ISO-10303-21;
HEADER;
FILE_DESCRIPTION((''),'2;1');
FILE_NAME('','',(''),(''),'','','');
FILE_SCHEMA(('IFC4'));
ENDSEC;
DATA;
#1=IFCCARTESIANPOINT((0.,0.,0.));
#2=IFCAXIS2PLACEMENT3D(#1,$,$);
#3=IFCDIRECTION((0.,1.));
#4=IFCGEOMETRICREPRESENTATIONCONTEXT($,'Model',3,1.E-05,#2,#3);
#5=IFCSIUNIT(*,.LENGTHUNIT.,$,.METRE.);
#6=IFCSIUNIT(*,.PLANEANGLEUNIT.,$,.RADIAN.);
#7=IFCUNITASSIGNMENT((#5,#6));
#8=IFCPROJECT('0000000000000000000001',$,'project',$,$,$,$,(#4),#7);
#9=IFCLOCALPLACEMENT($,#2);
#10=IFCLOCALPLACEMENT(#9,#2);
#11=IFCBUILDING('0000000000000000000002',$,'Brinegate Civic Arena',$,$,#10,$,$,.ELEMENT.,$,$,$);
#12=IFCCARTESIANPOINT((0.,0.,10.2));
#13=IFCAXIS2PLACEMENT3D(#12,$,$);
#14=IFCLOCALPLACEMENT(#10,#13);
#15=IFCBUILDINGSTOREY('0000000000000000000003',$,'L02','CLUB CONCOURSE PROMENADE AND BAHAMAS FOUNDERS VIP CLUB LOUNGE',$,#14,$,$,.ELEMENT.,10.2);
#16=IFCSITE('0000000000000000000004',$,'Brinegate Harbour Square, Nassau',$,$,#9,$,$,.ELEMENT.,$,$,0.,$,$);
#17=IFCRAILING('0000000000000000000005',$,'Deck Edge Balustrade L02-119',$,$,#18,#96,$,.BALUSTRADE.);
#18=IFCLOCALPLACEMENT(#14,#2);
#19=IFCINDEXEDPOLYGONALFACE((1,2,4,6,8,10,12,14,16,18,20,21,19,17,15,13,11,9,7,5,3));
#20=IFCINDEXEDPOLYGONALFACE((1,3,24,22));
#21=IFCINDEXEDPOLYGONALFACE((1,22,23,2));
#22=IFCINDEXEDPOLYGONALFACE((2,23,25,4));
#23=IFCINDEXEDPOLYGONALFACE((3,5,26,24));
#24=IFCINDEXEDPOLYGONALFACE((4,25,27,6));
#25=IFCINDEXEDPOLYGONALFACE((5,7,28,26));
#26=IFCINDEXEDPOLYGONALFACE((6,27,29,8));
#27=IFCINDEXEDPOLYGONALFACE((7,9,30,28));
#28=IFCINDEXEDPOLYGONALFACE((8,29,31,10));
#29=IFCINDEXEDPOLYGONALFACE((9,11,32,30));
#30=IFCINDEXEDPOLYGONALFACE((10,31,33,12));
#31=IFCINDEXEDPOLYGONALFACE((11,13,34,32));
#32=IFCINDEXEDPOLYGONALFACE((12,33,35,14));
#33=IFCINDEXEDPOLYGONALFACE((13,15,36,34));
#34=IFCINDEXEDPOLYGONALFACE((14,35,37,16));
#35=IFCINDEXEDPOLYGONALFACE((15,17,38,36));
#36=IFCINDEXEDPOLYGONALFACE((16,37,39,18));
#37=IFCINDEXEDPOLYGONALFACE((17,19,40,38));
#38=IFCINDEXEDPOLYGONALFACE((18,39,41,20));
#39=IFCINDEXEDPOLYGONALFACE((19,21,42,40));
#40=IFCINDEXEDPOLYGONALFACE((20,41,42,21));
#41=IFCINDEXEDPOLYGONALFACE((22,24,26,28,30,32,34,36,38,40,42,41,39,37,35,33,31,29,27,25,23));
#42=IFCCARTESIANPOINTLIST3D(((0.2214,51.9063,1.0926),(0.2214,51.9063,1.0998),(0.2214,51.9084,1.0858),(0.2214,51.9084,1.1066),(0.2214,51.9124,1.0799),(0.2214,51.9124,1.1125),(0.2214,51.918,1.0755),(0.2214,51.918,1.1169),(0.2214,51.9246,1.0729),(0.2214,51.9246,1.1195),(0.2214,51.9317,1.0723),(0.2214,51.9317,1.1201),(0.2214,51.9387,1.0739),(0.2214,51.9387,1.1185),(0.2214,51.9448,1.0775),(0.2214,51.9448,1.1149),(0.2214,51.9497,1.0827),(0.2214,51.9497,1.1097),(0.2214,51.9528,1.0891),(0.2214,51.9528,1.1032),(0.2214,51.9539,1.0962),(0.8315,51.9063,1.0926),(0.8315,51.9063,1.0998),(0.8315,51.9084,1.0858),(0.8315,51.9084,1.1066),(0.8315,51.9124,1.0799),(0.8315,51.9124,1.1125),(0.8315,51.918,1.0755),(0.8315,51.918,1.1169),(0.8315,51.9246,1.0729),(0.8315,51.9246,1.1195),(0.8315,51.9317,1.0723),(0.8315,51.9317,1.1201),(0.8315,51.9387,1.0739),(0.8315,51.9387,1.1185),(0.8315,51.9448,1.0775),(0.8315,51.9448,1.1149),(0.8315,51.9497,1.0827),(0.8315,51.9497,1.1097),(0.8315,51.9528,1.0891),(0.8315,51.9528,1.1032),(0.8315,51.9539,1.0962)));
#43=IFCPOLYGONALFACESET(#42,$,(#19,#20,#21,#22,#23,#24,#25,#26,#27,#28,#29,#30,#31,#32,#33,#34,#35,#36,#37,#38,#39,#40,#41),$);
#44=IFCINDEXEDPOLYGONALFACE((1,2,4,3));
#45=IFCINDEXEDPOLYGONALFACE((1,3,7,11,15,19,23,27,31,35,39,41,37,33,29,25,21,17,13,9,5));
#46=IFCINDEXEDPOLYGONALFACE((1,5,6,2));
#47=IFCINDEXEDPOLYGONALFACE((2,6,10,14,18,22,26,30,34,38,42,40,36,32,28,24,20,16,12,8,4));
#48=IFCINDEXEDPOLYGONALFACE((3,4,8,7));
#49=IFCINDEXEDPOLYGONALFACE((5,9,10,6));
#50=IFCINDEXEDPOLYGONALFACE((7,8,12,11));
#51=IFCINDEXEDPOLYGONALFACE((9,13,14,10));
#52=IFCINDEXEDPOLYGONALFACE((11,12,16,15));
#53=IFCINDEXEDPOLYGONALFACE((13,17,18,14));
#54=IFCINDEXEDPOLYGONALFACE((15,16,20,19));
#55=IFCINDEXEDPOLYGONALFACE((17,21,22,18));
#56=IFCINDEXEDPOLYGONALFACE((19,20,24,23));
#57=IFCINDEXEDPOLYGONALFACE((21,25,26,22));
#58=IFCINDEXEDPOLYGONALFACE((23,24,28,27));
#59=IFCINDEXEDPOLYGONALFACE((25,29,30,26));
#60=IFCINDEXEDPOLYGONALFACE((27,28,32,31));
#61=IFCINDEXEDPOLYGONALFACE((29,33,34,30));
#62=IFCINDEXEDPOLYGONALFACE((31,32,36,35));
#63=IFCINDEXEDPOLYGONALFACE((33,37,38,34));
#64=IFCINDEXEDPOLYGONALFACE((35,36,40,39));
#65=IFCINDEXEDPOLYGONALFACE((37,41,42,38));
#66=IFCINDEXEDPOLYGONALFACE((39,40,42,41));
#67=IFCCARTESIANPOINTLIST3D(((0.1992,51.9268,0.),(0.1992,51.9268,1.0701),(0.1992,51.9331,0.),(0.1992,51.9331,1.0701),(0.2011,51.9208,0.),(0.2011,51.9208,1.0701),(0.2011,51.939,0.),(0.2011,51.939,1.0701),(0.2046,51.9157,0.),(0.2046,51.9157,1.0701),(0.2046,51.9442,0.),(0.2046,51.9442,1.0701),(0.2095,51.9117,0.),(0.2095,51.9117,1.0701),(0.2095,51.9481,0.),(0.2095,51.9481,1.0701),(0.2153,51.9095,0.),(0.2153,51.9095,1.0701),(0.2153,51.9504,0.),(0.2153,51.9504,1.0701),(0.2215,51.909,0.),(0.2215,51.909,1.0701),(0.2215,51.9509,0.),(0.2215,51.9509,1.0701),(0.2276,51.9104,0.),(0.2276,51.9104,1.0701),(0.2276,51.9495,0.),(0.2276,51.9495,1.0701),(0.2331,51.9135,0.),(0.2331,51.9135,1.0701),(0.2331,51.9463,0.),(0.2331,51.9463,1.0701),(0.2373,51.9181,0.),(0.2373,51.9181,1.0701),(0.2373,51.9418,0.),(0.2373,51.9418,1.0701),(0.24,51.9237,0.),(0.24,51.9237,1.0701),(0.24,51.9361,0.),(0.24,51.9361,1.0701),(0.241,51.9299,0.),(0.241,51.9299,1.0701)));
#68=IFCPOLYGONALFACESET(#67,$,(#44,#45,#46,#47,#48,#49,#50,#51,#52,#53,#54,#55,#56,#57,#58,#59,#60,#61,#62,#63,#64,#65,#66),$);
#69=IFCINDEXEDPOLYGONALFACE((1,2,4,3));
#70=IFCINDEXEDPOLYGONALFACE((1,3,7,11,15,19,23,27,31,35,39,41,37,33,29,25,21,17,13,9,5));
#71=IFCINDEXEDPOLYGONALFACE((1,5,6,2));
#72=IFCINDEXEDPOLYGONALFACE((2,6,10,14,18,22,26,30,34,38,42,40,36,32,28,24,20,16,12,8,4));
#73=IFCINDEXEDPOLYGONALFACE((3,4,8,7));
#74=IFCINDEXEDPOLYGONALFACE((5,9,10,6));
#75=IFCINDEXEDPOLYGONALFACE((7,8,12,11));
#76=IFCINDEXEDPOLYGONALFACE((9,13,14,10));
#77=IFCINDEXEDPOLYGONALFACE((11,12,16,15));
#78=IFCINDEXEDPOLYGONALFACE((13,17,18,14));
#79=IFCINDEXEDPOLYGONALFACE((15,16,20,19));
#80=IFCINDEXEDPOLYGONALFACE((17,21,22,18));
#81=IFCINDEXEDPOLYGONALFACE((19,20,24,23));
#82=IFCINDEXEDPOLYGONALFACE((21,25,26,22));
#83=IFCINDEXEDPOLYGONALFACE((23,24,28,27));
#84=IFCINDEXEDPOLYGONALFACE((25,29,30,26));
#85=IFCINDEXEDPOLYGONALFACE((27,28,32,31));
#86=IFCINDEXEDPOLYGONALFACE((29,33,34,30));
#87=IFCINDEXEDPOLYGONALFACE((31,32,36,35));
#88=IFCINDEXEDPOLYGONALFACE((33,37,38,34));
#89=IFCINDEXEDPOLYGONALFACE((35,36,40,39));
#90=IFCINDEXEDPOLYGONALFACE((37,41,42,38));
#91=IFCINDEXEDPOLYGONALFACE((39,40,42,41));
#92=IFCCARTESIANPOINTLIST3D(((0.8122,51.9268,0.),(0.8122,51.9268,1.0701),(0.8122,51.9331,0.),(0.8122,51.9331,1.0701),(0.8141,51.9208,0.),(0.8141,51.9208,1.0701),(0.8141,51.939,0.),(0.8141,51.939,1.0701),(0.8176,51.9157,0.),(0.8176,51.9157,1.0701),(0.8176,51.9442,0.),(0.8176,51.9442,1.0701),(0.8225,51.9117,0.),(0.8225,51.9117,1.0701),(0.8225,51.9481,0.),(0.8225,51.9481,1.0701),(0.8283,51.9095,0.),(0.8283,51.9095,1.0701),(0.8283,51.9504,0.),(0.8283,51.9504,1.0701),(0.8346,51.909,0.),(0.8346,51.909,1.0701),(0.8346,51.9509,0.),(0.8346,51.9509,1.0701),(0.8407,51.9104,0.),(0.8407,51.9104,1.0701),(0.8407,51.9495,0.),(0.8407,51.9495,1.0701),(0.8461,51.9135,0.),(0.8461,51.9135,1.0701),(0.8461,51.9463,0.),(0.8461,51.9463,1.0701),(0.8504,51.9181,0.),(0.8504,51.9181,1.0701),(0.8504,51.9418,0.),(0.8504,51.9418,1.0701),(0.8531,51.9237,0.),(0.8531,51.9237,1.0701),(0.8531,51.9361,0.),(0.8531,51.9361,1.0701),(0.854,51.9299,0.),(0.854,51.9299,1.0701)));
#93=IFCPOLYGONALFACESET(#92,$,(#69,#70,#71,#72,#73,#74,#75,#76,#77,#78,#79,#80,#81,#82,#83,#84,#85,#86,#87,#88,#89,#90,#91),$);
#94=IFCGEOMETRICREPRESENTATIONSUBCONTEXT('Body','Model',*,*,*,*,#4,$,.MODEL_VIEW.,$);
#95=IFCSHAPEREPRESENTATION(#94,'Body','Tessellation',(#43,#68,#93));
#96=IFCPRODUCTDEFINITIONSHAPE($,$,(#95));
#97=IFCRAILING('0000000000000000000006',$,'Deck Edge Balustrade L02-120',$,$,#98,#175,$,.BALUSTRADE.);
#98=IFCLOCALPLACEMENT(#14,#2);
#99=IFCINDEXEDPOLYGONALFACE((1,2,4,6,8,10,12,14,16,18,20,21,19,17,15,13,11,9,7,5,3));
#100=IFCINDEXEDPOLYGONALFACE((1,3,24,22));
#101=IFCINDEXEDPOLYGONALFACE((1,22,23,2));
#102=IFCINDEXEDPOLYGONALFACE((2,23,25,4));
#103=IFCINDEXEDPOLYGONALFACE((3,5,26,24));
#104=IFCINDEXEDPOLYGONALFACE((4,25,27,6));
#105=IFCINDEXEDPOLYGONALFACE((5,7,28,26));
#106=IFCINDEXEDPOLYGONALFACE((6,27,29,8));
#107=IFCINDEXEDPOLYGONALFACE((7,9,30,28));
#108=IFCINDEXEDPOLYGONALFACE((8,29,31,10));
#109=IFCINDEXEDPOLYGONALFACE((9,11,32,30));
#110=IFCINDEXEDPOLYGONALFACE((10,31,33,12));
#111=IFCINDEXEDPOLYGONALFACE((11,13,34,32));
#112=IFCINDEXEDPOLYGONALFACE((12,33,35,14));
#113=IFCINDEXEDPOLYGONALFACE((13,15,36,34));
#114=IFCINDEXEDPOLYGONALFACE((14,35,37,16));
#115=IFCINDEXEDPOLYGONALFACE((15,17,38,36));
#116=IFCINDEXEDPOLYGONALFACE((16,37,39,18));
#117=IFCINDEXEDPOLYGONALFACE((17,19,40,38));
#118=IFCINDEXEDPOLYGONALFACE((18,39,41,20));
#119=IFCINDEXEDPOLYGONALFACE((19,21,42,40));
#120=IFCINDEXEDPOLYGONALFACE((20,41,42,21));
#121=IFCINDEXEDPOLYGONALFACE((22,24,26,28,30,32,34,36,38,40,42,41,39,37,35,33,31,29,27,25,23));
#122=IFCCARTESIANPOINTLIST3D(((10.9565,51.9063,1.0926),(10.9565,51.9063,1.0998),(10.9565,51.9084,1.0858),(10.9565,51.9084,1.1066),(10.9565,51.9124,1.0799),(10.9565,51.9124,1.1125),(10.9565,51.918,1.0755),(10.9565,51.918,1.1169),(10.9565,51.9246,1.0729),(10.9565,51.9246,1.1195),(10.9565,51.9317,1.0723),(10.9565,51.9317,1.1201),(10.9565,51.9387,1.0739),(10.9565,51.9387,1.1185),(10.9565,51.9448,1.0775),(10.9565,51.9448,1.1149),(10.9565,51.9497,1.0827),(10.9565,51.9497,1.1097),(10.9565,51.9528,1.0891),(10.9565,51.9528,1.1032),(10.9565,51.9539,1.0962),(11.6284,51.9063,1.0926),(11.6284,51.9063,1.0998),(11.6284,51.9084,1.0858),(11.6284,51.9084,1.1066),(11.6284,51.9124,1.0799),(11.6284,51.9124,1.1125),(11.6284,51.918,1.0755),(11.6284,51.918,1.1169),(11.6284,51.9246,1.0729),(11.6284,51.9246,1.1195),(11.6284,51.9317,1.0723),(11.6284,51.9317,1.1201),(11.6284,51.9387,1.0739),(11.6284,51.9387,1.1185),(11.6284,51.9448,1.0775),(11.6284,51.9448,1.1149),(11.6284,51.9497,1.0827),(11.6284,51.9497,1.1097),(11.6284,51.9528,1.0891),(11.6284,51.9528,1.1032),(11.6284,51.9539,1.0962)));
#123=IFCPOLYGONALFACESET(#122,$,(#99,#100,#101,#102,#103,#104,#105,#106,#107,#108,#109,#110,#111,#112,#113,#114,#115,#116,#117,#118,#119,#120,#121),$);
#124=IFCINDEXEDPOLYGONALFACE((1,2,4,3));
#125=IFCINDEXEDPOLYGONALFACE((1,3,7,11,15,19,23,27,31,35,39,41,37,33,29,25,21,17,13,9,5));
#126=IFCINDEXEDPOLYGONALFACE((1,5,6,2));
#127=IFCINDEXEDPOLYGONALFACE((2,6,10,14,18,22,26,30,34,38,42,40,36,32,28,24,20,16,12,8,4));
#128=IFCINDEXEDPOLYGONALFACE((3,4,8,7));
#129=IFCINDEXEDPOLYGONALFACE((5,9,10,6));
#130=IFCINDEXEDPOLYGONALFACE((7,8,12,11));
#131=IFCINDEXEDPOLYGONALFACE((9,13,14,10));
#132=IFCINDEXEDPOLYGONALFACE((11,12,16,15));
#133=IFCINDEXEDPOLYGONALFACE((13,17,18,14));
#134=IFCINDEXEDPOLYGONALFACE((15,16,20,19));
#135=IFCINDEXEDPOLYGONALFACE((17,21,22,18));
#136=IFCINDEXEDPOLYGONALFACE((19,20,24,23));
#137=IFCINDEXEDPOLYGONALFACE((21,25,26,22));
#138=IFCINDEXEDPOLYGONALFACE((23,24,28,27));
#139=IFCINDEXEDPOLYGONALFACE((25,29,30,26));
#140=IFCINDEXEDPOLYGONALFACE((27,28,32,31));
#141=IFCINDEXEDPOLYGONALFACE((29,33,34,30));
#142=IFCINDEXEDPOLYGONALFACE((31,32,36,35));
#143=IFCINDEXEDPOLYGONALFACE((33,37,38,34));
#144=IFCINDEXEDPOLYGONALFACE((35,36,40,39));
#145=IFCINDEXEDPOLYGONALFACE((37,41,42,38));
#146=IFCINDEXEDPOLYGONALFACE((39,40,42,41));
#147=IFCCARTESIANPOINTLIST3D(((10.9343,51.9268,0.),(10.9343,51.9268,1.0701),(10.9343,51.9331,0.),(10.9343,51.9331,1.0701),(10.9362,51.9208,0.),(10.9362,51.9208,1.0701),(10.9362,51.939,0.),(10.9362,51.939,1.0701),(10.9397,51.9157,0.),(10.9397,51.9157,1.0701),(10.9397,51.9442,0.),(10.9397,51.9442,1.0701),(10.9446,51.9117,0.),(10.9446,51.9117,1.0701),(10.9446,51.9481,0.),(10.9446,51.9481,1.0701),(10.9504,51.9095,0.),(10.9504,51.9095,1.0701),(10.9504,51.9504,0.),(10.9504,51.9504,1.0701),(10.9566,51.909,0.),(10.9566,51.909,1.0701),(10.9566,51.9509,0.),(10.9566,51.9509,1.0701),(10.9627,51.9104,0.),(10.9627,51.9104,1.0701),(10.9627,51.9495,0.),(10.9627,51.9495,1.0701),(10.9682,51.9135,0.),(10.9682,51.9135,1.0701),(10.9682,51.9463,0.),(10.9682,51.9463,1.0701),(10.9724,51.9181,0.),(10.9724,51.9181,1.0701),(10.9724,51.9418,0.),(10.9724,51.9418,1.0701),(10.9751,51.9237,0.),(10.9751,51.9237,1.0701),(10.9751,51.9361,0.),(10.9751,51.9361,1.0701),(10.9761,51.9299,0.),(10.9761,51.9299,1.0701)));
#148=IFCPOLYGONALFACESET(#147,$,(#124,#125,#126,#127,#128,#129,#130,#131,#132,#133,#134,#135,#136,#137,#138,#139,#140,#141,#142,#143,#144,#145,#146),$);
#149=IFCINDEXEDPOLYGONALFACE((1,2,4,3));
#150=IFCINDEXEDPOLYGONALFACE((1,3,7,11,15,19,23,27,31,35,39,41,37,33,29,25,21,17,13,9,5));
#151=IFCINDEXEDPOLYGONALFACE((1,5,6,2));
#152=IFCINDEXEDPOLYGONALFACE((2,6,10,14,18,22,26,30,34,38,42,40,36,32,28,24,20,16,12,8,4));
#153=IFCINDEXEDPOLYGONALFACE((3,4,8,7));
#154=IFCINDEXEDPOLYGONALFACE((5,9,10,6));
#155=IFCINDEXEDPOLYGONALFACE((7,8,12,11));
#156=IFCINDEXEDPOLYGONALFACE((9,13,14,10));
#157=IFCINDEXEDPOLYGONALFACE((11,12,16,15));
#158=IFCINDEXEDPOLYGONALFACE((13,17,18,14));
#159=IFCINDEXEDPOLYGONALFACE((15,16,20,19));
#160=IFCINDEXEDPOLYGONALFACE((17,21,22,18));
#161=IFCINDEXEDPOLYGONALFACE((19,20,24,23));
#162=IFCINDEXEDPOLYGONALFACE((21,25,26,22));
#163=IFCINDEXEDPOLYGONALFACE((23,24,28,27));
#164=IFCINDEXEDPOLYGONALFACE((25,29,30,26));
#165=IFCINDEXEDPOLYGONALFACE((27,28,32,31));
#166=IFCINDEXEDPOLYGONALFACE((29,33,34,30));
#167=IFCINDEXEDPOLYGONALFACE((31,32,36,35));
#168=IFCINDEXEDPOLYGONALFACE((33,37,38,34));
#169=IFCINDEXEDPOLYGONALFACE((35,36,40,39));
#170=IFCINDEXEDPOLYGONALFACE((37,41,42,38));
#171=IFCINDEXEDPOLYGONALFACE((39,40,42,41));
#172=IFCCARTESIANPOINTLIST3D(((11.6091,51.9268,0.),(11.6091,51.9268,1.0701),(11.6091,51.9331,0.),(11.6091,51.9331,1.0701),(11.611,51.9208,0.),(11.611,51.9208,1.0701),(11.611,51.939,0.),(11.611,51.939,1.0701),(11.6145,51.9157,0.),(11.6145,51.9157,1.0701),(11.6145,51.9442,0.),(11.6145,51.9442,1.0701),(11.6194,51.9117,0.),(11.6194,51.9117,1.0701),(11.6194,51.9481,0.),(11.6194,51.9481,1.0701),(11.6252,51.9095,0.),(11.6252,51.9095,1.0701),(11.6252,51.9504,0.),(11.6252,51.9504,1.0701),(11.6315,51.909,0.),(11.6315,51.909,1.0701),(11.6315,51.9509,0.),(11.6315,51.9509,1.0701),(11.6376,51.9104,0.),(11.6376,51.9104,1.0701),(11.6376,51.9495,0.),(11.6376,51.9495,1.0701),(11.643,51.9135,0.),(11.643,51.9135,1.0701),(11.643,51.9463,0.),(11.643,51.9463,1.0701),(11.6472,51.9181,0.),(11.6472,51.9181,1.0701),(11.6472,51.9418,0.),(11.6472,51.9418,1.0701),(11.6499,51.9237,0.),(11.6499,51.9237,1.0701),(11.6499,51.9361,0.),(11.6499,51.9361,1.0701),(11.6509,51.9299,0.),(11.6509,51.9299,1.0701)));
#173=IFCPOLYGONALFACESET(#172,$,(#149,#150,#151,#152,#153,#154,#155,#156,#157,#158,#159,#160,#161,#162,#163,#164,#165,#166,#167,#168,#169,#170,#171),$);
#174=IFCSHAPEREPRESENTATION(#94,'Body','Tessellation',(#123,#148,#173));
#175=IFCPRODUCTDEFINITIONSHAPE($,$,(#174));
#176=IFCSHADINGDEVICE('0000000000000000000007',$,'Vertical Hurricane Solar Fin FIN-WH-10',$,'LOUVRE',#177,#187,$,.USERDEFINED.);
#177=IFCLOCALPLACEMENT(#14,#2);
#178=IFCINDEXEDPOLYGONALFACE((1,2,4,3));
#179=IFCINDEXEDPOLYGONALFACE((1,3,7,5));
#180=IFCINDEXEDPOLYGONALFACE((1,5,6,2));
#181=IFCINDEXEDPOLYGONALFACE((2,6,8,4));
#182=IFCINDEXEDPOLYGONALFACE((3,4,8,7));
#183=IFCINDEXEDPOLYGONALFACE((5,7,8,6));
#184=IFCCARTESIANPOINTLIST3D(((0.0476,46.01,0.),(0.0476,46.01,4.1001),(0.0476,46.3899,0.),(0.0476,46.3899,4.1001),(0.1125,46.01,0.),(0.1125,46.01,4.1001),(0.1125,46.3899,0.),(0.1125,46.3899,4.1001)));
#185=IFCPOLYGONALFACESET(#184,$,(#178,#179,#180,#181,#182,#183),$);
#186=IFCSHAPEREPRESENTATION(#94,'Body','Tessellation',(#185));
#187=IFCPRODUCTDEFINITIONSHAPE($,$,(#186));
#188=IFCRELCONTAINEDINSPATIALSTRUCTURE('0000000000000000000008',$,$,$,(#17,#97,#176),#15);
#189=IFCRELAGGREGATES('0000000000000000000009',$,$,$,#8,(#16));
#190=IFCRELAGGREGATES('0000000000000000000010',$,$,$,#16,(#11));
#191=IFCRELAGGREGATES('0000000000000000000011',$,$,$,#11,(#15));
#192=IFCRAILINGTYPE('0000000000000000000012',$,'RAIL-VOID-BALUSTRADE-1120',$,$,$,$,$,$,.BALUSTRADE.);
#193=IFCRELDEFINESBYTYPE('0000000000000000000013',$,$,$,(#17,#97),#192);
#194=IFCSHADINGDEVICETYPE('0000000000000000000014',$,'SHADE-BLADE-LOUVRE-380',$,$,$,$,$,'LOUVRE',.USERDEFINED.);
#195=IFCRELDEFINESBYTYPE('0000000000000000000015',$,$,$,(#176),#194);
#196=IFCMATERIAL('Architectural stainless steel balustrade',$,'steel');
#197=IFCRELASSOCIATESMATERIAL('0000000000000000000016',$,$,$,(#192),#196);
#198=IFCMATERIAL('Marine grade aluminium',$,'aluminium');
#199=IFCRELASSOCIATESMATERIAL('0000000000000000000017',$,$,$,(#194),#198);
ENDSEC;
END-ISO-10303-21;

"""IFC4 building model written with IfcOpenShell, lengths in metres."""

from ifc_helpers import new_model, si_unit, direction, frame, origin, origin_2d, place, context, subcontext, project, spatial, rectangle, circle, extrude, material, material_profile, profile_set, type_object, element, save


model = new_model("IFC4")

# Units and contexts
model_context = context("Model", 3, precision=1e-05, world=origin(), true_north=direction((0.0, 1.0)))
body_context = subcontext(model_context, "Body", "Model", "MODEL_VIEW")
ifc_project = project(units=[si_unit("LENGTHUNIT", "METRE"), si_unit("PLANEANGLEUNIT", "RADIAN")], contexts=[model_context])

# Site, building, storey
site_placement = place(None, origin())
site = spatial("IfcSite", under=ifc_project, at=site_placement, Name="Brinegate Harbour Square, Nassau", CompositionType="ELEMENT", RefElevation=0.0)
building_placement = place(site_placement, origin())
building = spatial("IfcBuilding", under=site, at=building_placement, Name="Brinegate Civic Arena", CompositionType="ELEMENT")
storey_placement = place(building_placement, frame((0.0, 0.0, 10.2)))
storey = spatial("IfcBuildingStorey", under=building, at=storey_placement, Name="L02", Description="CLUB CONCOURSE PROMENADE AND BAHAMAS FOUNDERS VIP CLUB LOUNGE", CompositionType="ELEMENT", Elevation=10.2)

# Shared definitions
ifc_material_1 = material(Name="Marine grade aluminium", Category="aluminium")

# Railings
ifc_material_2 = material(Name="Architectural stainless steel balustrade", Category="steel")
railing_type = type_object("IfcRailingType", Name="RAIL-VOID-BALUSTRADE-1120", PredefinedType="BALUSTRADE", material=ifc_material_2)
railing_1_placement = place(storey_placement, frame((0.22, 51.9299, 0.0)))
element("IfcRailing", 1, at=railing_1_placement, inside=storey, type_object=railing_type, Name="Deck Edge Balustrade L02-119", PredefinedType="BALUSTRADE", context=body_context, shape_type="SweptSolid", body=[
    extrude(circle(Radius=0.0239, at=origin_2d()), frame((0.0015, 0.0, 1.0962), z_axis=(1.0, 0.0, 0.0), x_axis=(0.0, 1.0, 0.0)), (0.0, 0.0, 1.0), 0.6101),
    extrude(circle(Radius=0.021, at=origin_2d()), origin(), (0.0, 0.0, 1.0), 1.0701),
    extrude(circle(Radius=0.021, at=origin_2d()), frame((0.613, 0.0, 0.0)), (0.0, 0.0, 1.0), 1.0701),
])
railing_2_placement = place(storey_placement, frame((10.9551, 51.9299, 0.0)))
element("IfcRailing", 2, at=railing_2_placement, inside=storey, type_object=railing_type, Name="Deck Edge Balustrade L02-120", PredefinedType="BALUSTRADE", context=body_context, shape_type="SweptSolid", body=[
    extrude(circle(Radius=0.0239, at=origin_2d()), frame((0.0015, 0.0, 1.0962), z_axis=(1.0, 0.0, 0.0), x_axis=(0.0, 1.0, 0.0)), (0.0, 0.0, 1.0), 0.6719),
    extrude(circle(Radius=0.021, at=origin_2d()), origin(), (0.0, 0.0, 1.0), 1.0701),
    extrude(circle(Radius=0.021, at=origin_2d()), frame((0.6748, 0.0, 0.0)), (0.0, 0.0, 1.0), 1.0701),
])

# Shading device
ifc_material_profile_1 = material_profile(ifc_material_1, rectangle(XDim=0.0649, YDim=0.3799, at=origin_2d()), Name="FIN65X380")
ifc_profile_set_1 = profile_set([ifc_material_profile_1], Name="Marine grade aluminium")
shading_device_type = type_object("IfcShadingDeviceType", Name="SHADE-BLADE-LOUVRE-380", ElementType="LOUVRE", PredefinedType="USERDEFINED", material=ifc_profile_set_1)
shading_device_placement = place(storey_placement, frame((0.0801, 46.2, 0.0), z_axis=(0.0, 0.0, 1.0), x_axis=(1.0, 0.0, 0.0)))
element("IfcShadingDevice", 3, at=shading_device_placement, inside=storey, type_object=shading_device_type, Name="Vertical Hurricane Solar Fin FIN-WH-10", ObjectType="LOUVRE", PredefinedType="USERDEFINED", context=body_context, shape_type="SweptSolid", body=[
    extrude(rectangle(XDim=0.0649, YDim=0.3799, at=origin_2d()), origin(), (0.0, 0.0, 1.0), 4.1001),
])

save(model, "model.ifc")
